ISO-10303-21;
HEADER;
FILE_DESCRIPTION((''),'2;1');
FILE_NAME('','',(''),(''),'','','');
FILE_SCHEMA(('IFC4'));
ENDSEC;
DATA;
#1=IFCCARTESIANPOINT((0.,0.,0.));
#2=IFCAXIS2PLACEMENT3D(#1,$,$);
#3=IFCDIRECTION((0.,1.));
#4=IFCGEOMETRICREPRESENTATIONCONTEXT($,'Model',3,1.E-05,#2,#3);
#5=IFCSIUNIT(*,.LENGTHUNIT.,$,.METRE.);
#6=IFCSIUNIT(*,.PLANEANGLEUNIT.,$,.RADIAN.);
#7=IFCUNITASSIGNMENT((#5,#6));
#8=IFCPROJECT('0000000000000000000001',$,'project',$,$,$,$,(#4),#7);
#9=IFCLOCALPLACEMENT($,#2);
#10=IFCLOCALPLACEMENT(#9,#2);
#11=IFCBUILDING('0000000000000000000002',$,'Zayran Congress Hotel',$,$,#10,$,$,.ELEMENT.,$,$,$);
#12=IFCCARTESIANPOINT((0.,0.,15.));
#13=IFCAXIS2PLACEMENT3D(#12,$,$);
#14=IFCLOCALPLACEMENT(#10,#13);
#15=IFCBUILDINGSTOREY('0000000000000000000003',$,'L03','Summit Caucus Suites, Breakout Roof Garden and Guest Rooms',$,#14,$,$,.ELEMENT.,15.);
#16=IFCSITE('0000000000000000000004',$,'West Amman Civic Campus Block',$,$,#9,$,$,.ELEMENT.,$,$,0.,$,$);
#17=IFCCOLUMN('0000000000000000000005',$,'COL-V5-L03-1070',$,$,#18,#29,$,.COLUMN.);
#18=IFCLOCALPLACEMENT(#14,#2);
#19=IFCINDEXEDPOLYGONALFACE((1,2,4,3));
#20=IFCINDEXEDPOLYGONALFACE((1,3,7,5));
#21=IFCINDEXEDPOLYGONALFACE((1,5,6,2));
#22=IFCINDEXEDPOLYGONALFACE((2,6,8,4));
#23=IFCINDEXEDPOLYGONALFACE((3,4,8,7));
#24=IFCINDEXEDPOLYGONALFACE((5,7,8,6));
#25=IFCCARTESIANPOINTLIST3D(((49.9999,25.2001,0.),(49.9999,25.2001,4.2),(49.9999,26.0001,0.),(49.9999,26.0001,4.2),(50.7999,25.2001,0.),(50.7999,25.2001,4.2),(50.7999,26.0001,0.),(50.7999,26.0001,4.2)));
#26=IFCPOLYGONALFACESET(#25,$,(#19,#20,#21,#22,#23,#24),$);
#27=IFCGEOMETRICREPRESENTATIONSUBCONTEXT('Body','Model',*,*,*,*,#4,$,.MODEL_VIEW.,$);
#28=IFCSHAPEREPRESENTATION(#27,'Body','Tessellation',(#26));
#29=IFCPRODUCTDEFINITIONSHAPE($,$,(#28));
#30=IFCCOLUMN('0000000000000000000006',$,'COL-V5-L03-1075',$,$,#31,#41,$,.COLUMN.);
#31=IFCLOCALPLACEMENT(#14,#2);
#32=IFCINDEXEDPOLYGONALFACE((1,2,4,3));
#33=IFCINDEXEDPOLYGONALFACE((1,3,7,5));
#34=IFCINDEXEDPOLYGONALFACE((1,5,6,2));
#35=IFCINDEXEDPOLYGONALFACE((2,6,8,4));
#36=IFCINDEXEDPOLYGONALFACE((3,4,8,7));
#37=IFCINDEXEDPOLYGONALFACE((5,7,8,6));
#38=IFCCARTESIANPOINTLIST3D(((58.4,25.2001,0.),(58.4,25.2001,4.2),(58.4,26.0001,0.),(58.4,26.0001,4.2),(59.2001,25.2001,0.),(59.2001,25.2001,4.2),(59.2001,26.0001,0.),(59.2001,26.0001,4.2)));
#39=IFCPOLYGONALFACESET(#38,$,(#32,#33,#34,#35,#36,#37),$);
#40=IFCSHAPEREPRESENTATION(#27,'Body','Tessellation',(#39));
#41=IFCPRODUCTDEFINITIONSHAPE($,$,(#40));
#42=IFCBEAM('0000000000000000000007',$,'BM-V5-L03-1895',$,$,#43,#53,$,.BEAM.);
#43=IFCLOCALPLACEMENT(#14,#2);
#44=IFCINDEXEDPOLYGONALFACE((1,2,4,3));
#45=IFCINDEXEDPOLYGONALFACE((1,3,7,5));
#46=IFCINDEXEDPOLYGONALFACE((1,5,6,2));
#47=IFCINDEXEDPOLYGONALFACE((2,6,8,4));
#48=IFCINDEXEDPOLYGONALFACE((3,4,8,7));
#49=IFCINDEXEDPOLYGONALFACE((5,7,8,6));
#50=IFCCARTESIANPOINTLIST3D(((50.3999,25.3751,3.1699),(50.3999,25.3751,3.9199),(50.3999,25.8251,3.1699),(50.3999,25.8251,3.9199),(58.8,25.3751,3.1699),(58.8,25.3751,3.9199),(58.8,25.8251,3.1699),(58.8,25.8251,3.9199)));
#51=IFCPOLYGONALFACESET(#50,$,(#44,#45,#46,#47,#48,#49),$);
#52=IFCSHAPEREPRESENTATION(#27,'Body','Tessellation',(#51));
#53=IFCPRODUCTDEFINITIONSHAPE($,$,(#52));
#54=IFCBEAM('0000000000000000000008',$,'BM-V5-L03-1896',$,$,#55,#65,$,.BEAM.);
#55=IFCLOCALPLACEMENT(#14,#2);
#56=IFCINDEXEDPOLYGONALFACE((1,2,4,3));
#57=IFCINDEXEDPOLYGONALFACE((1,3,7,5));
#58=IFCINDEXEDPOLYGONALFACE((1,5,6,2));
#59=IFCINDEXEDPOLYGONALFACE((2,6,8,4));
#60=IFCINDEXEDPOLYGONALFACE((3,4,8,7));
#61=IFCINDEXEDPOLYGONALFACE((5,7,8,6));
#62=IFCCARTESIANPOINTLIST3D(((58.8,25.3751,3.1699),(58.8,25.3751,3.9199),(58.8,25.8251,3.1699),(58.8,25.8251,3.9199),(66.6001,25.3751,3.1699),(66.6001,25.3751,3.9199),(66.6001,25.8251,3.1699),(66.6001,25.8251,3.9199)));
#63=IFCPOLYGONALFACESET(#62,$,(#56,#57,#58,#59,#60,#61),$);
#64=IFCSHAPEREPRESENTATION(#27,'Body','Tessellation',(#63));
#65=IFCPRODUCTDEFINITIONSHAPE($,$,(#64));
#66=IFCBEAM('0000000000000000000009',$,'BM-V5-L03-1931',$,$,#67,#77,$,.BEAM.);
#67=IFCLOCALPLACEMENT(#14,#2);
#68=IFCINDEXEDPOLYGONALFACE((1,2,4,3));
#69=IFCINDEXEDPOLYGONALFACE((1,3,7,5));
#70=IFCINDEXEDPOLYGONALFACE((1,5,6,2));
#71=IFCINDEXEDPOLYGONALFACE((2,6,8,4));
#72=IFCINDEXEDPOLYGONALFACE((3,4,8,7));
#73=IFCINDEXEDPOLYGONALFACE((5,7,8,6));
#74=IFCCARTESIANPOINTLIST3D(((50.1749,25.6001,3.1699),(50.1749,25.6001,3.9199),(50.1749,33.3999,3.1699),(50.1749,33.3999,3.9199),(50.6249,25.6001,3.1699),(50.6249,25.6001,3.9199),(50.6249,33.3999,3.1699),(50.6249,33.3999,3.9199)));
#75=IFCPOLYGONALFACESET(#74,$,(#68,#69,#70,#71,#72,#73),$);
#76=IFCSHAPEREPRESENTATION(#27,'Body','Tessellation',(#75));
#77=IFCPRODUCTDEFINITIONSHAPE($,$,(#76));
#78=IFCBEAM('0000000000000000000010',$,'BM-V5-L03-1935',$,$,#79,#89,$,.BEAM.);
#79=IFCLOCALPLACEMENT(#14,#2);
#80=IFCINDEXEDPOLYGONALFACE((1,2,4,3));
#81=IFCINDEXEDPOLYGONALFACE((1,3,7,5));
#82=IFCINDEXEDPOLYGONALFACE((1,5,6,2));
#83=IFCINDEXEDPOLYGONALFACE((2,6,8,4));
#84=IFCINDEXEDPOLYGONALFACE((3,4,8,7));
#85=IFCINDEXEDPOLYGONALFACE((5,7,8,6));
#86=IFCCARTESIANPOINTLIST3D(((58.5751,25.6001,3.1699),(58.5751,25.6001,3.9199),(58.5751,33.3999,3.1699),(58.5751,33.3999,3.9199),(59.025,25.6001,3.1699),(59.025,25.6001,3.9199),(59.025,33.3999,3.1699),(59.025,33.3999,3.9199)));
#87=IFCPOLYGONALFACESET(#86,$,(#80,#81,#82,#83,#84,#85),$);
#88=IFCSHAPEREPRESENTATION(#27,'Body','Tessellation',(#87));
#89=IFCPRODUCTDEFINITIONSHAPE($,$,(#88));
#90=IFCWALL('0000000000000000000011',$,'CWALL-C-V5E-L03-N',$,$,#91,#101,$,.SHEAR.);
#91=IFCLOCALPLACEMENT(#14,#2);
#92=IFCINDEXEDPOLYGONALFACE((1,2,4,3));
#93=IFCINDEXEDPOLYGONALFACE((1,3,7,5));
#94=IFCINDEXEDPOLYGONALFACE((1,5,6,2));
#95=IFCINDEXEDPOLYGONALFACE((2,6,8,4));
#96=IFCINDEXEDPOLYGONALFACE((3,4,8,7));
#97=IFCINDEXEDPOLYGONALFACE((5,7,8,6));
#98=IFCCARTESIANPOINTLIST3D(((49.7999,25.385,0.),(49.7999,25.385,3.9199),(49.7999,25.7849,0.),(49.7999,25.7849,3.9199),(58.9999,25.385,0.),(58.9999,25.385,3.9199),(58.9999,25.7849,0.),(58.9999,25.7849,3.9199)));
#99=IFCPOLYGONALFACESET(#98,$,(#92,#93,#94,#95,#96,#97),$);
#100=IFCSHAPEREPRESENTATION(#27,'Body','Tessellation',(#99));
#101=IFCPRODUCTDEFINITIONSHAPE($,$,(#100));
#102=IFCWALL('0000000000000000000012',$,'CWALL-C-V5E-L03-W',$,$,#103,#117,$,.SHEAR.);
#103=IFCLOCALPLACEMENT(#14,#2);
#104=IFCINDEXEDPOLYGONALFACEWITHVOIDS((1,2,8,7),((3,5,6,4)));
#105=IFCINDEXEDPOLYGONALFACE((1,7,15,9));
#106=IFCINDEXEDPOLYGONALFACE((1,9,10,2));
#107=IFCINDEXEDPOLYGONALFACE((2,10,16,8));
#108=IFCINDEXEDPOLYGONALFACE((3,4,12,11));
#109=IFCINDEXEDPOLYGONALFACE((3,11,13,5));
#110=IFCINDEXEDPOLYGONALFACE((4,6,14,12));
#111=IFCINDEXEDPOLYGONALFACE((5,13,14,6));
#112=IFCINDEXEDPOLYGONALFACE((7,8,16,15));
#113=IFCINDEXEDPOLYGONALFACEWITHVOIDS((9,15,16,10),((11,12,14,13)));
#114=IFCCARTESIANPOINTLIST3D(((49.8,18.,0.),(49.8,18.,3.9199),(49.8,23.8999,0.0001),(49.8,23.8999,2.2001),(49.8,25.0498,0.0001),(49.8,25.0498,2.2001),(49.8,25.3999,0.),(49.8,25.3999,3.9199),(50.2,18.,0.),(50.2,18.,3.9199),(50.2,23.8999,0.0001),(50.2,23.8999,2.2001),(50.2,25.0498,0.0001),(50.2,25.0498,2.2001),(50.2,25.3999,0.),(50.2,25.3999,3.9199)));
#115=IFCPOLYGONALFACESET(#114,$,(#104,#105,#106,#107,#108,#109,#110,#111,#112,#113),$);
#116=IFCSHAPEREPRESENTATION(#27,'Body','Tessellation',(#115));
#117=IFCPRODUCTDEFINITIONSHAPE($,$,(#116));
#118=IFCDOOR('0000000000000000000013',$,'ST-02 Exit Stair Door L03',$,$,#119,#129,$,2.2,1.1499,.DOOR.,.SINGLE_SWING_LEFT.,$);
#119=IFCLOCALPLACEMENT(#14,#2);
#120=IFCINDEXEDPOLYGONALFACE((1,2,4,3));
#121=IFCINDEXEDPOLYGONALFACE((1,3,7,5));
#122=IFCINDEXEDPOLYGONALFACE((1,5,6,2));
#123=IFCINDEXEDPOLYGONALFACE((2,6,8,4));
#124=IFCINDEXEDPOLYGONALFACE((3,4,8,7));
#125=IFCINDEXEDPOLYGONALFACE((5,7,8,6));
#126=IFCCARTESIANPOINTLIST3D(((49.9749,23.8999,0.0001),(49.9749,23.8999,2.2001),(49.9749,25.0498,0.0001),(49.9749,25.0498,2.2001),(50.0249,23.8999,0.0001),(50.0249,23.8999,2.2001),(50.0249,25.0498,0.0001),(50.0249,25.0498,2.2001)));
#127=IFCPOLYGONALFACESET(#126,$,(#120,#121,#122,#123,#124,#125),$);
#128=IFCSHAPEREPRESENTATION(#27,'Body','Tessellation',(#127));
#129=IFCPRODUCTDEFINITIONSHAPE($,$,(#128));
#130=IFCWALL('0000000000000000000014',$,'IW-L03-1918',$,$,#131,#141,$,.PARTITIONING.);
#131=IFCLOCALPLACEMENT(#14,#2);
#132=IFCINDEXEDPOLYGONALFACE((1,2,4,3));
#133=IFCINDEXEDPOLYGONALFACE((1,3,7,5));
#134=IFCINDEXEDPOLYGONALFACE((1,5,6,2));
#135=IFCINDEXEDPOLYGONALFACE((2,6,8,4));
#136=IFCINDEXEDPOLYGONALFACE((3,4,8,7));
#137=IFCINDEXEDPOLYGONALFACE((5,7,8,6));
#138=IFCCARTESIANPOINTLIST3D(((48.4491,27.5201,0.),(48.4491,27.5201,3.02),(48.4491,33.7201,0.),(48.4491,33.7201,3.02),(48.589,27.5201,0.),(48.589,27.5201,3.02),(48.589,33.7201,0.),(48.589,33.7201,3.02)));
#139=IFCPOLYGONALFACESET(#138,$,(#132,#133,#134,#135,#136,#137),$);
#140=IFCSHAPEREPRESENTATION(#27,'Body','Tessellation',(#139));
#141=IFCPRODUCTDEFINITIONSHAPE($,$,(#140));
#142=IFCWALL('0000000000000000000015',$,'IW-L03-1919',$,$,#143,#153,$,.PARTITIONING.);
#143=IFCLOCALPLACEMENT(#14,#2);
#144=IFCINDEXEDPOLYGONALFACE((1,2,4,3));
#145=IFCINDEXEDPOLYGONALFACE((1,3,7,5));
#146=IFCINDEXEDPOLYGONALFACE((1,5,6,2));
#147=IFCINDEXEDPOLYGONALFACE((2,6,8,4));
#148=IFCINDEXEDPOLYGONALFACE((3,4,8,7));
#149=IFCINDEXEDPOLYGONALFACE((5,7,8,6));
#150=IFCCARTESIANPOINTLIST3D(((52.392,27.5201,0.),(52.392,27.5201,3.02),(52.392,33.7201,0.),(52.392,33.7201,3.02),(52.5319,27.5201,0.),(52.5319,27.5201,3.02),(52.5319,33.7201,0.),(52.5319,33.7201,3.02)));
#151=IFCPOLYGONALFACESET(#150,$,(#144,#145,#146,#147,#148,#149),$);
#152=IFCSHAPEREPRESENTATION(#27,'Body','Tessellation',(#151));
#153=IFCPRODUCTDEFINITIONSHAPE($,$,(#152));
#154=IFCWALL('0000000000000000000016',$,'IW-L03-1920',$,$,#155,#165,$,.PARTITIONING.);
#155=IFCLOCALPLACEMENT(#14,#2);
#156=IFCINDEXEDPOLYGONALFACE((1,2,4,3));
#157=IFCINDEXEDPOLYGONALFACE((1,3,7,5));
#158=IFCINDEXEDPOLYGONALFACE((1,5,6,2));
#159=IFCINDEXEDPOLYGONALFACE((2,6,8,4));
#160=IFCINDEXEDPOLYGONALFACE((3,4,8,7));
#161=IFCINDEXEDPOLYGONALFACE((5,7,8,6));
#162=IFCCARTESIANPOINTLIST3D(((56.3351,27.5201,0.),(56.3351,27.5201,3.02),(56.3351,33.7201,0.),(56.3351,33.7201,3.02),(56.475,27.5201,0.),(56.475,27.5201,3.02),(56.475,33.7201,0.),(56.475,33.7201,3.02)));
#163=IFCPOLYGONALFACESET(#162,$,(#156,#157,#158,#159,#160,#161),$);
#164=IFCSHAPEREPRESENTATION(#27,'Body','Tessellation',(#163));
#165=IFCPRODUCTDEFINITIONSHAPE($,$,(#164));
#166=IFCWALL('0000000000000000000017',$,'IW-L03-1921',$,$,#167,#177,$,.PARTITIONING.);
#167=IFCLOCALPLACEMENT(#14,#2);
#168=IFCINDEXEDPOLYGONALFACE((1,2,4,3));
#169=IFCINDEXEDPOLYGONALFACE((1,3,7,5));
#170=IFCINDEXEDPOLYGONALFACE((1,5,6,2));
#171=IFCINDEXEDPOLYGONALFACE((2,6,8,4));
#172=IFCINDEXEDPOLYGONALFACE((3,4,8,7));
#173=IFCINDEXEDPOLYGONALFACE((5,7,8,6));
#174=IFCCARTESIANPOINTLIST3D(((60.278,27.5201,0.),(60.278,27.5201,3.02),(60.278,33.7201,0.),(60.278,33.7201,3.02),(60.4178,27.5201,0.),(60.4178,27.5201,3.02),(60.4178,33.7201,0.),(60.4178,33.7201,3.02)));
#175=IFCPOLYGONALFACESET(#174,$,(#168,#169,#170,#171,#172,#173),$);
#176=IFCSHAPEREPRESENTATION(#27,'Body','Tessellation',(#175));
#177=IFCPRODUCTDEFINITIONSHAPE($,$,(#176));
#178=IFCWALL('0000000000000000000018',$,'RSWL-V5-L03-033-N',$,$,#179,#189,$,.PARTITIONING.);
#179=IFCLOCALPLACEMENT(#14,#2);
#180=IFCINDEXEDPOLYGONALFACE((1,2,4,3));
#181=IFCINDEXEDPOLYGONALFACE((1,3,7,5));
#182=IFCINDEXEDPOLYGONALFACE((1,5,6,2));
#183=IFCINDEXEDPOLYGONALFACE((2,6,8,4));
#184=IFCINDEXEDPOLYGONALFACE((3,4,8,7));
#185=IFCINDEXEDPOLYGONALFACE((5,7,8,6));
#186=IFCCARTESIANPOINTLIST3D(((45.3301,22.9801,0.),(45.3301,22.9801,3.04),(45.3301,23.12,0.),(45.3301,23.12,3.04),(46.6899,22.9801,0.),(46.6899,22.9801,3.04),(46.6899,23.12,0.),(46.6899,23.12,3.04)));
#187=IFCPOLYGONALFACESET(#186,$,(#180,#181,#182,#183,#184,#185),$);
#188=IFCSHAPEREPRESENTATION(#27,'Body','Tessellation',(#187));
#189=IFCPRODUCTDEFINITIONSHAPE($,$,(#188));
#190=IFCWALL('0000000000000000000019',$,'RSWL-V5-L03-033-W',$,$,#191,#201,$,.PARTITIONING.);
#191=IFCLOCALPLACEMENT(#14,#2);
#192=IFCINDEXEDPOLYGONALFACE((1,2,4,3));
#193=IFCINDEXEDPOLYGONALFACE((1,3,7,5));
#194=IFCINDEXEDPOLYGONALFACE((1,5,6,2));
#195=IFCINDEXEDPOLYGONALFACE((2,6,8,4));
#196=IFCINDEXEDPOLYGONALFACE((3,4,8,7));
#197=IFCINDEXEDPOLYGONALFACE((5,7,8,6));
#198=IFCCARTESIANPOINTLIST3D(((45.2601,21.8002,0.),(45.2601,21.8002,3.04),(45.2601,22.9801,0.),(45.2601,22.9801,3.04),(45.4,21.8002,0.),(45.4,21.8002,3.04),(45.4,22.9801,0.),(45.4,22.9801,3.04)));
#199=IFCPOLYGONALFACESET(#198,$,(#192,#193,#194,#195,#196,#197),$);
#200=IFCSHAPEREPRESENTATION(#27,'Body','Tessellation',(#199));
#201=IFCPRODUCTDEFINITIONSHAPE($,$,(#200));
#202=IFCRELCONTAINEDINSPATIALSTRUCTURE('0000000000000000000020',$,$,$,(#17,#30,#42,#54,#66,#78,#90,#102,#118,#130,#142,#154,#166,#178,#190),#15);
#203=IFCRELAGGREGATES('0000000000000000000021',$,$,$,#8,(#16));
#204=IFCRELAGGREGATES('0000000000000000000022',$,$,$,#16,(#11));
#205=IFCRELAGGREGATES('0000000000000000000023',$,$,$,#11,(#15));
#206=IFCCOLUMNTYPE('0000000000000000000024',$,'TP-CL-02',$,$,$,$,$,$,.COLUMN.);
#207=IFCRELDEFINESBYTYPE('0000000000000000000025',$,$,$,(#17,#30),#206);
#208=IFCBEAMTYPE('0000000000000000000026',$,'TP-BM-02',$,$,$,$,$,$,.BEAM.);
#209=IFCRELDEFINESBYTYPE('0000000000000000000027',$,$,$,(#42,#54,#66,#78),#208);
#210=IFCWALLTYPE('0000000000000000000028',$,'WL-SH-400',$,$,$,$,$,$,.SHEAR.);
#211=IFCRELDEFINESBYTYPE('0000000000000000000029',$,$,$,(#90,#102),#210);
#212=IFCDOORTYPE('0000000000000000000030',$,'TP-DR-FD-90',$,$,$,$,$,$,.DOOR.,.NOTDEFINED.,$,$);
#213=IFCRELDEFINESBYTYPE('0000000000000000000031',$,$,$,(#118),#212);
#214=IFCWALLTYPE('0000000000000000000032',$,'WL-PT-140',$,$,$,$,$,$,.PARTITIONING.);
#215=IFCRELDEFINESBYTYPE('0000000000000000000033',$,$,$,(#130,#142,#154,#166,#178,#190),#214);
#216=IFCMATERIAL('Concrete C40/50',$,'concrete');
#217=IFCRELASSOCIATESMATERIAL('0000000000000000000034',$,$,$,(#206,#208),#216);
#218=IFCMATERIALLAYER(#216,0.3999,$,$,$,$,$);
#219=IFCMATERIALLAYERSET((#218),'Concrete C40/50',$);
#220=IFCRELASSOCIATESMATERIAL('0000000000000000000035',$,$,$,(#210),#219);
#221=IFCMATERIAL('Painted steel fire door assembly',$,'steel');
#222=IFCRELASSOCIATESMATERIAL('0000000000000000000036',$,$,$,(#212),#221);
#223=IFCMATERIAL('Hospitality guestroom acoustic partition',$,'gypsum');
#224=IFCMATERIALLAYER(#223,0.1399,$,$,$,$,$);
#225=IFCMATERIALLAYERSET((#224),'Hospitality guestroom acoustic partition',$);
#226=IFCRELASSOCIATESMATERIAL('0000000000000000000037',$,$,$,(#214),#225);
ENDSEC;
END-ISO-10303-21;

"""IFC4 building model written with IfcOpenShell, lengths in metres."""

from ifc_helpers import new_model, si_unit, direction, frame, frame_2d, origin, origin_2d, place, context, subcontext, project, spatial, rectangle, extrude, material, layer, layer_set, material_profile, profile_set, type_object, element, fill, save


model = new_model("IFC4")

# Units and contexts
model_context = context("Model", 3, precision=1e-05, world=origin(), true_north=direction((0.0, 1.0)))
body_context = subcontext(model_context, "Body", "Model", "MODEL_VIEW")
ifc_project = project(units=[si_unit("LENGTHUNIT", "METRE"), si_unit("PLANEANGLEUNIT", "RADIAN")], contexts=[model_context])

# Site, building, storey
site_placement = place(None, origin())
site = spatial("IfcSite", under=ifc_project, at=site_placement, Name="West Amman Civic Campus Block", CompositionType="ELEMENT", RefElevation=0.0)
building_placement = place(site_placement, origin())
building = spatial("IfcBuilding", under=site, at=building_placement, Name="Zayran Congress Hotel", CompositionType="ELEMENT")
storey_placement = place(building_placement, frame((0.0, 0.0, 15.0)))
storey = spatial("IfcBuildingStorey", under=building, at=storey_placement, Name="L03", Description="Summit Caucus Suites, Breakout Roof Garden and Guest Rooms", CompositionType="ELEMENT", Elevation=15.0)

# Columns
ifc_material_1 = material(Name="Concrete C40/50", Category="concrete")
ifc_material_profile_1 = material_profile(ifc_material_1, rectangle(XDim=0.8, YDim=0.8, at=origin_2d()), Name="RC 800x800")
ifc_profile_set_1 = profile_set([ifc_material_profile_1], Name="Concrete C40/50")
column_type = type_object("IfcColumnType", Name="TP-CL-02", PredefinedType="COLUMN", material=ifc_profile_set_1)
for number, where, z_axis, x_axis, name in (
    (1, (50.3999, 25.6001, 0.0), (0.0, 0.0, 1.0), (1.0, 0.0, 0.0), "COL-V5-L03-1070"),
    (2, (58.8, 25.6001, 0.0), (0.0, 0.0, 1.0), (1.0, 0.0, 0.0), "COL-V5-L03-1075"),
):
    element("IfcColumn", number, at=place(storey_placement, frame(where, z_axis=z_axis, x_axis=x_axis)), inside=storey, type_object=column_type, Name=name, PredefinedType="COLUMN", context=body_context, shape_type="SweptSolid", body=[
        extrude(rectangle(XDim=0.8, YDim=0.8, at=origin_2d()), origin(), (0.0, 0.0, 1.0), 4.2),
    ])

# Beams
ifc_material_profile_2 = material_profile(ifc_material_1, rectangle(XDim=0.45, YDim=0.75, at=origin_2d()), Name="RC 450x750")
ifc_profile_set_2 = profile_set([ifc_material_profile_2], Name="Concrete C40/50")
beam_type = type_object("IfcBeamType", Name="TP-BM-02", PredefinedType="BEAM", material=ifc_profile_set_2)
beam_1_placement = place(storey_placement, frame((50.3999, 25.6001, 3.5449), z_axis=(1.0, 0.0, 0.0), x_axis=(0.0, 1.0, 0.0)))
element("IfcBeam", 3, at=beam_1_placement, inside=storey, type_object=beam_type, Name="BM-V5-L03-1895", PredefinedType="BEAM", context=body_context, shape_type="SweptSolid", body=[
    extrude(rectangle(XDim=0.45, YDim=0.75, at=origin_2d()), origin(), (0.0, 0.0, 1.0), 8.4001),
])
beam_2_placement = place(storey_placement, frame((58.8, 25.6001, 3.5449), z_axis=(1.0, 0.0, 0.0), x_axis=(0.0, 1.0, 0.0)))
element("IfcBeam", 4, at=beam_2_placement, inside=storey, type_object=beam_type, Name="BM-V5-L03-1896", PredefinedType="BEAM", context=body_context, shape_type="SweptSolid", body=[
    extrude(rectangle(XDim=0.45, YDim=0.75, at=origin_2d()), origin(), (0.0, 0.0, 1.0), 7.8),
])
for number, where, z_axis, x_axis, name in (
    (5, (50.3999, 25.6001, 3.5449), (0.0, 1.0, 0.0), (-1.0, 0.0, 0.0), "BM-V5-L03-1931"),
    (6, (58.8, 25.6001, 3.5449), (0.0, 1.0, 0.0), (-1.0, 0.0, 0.0), "BM-V5-L03-1935"),
):
    element("IfcBeam", number, at=place(storey_placement, frame(where, z_axis=z_axis, x_axis=x_axis)), inside=storey, type_object=beam_type, Name=name, PredefinedType="BEAM", context=body_context, shape_type="SweptSolid", body=[
        extrude(rectangle(XDim=0.45, YDim=0.75, at=origin_2d()), origin(), (0.0, 0.0, 1.0), 7.7998),
    ])

# Wall
ifc_layer_1 = layer(ifc_material_1, 0.3999)
ifc_layer_set_1 = layer_set([ifc_layer_1], Name="Concrete C40/50")
wall_type_1 = type_object("IfcWallType", Name="WL-SH-400", PredefinedType="SHEAR", material=ifc_layer_set_1)
wall_1_placement = place(storey_placement, frame((59.0, 25.585, 0.0), z_axis=(0.0, 0.0, 1.0), x_axis=(-1.0, 0.0, 0.0)))
element("IfcWall", 7, at=wall_1_placement, inside=storey, type_object=wall_type_1, Name="CWALL-C-V5E-L03-N", PredefinedType="SHEAR", context=body_context, shape_type="SweptSolid", body=[
    extrude(rectangle(XDim=9.2, YDim=0.3999, at=frame_2d((4.6001, 0.0))), origin(), (0.0, 0.0, 1.0), 3.9199),
])

# Wall, opening, door
wall_2_placement = place(storey_placement, frame((50.0, 25.3999, 0.0), z_axis=(0.0, 0.0, 1.0), x_axis=(0.0, -1.0, 0.0)))
wall_2 = element("IfcWall", 8, at=wall_2_placement, inside=storey, type_object=wall_type_1, Name="CWALL-C-V5E-L03-W", PredefinedType="SHEAR", context=body_context, shape_type="SweptSolid", body=[
    extrude(rectangle(XDim=7.3999, YDim=0.3999, at=frame_2d((3.7, 0.0))), origin(), (0.0, 0.0, 1.0), 3.9199),
])
opening_1_placement = place(wall_2_placement, frame((0.3501, 0.0, 0.0)))
opening_1 = element("IfcOpeningElement", 9, at=opening_1_placement, cuts=wall_2, PredefinedType="OPENING", context=body_context, shape_type="SweptSolid", body=[
    extrude(rectangle(XDim=1.1499, YDim=2.2, at=frame_2d((0.575, 1.1001))), frame((0.0, 0.21, 0.0), z_axis=(0.0, -1.0, 0.0), x_axis=(1.0, 0.0, 0.0)), (0.0, 0.0, 1.0), 0.4199),
])
ifc_material_2 = material(Name="Painted steel fire door assembly", Category="steel")
door_type_1 = type_object("IfcDoorType", Name="TP-DR-FD-90", OperationType="NOTDEFINED", PredefinedType="DOOR", material=ifc_material_2)
door_1_placement = place(opening_1_placement, origin())
door_1 = element("IfcDoor", 10, at=door_1_placement, inside=storey, type_object=door_type_1, Name="ST-02 Exit Stair Door L03", OperationType="SINGLE_SWING_LEFT", OverallHeight=2.2, OverallWidth=1.1499, PredefinedType="DOOR", context=body_context, shape_type="SweptSolid", body=[
    extrude(rectangle(XDim=1.1499, YDim=2.2, at=frame_2d((0.575, 1.1001))), frame((0.0, 0.0249, 0.0), z_axis=(0.0, -1.0, 0.0), x_axis=(1.0, 0.0, 0.0)), (0.0, 0.0, 1.0), 0.05),
])
fill(opening_1, door_1)

# Walls
ifc_material_3 = material(Name="Hospitality guestroom acoustic partition", Category="gypsum")
ifc_layer_2 = layer(ifc_material_3, 0.1399)
ifc_layer_set_2 = layer_set([ifc_layer_2], Name="Hospitality guestroom acoustic partition")
wall_type_2 = type_object("IfcWallType", Name="WL-PT-140", PredefinedType="PARTITIONING", material=ifc_layer_set_2)
for number, where, z_axis, x_axis, name in (
    (11, (48.519, 27.52, 0.0), (0.0, 0.0, 1.0), (0.0, 1.0, 0.0), "IW-L03-1918"),
    (12, (52.4619, 27.52, 0.0), (0.0, 0.0, 1.0), (0.0, 1.0, 0.0), "IW-L03-1919"),
    (13, (56.405, 27.52, 0.0), (0.0, 0.0, 1.0), (0.0, 1.0, 0.0), "IW-L03-1920"),
    (14, (60.3479, 27.52, 0.0), (0.0, 0.0, 1.0), (0.0, 1.0, 0.0), "IW-L03-1921"),
):
    element("IfcWall", number, at=place(storey_placement, frame(where, z_axis=z_axis, x_axis=x_axis)), inside=storey, type_object=wall_type_2, Name=name, PredefinedType="PARTITIONING", context=body_context, shape_type="SweptSolid", body=[
        extrude(rectangle(XDim=6.2, YDim=0.1399, at=frame_2d((3.1001, 0.0))), origin(), (0.0, 0.0, 1.0), 3.02),
    ])
wall_3_placement = place(storey_placement, frame((46.6899, 23.05, 0.0), z_axis=(0.0, 0.0, 1.0), x_axis=(-1.0, 0.0, 0.0)))
element("IfcWall", 15, at=wall_3_placement, inside=storey, type_object=wall_type_2, Name="RSWL-V5-L03-033-N", PredefinedType="PARTITIONING", context=body_context, shape_type="SweptSolid", body=[
    extrude(rectangle(XDim=1.3599, YDim=0.1399, at=frame_2d((0.6799, 0.0))), origin(), (0.0, 0.0, 1.0), 3.04),
])
wall_4_placement = place(storey_placement, frame((45.3301, 22.98, 0.0), z_axis=(0.0, 0.0, 1.0), x_axis=(0.0, -1.0, 0.0)))
element("IfcWall", 16, at=wall_4_placement, inside=storey, type_object=wall_type_2, Name="RSWL-V5-L03-033-W", PredefinedType="PARTITIONING", context=body_context, shape_type="SweptSolid", body=[
    extrude(rectangle(XDim=1.1799, YDim=0.1399, at=frame_2d((0.5898, 0.0))), origin(), (0.0, 0.0, 1.0), 3.04),
])

save(model, "model.ifc")
